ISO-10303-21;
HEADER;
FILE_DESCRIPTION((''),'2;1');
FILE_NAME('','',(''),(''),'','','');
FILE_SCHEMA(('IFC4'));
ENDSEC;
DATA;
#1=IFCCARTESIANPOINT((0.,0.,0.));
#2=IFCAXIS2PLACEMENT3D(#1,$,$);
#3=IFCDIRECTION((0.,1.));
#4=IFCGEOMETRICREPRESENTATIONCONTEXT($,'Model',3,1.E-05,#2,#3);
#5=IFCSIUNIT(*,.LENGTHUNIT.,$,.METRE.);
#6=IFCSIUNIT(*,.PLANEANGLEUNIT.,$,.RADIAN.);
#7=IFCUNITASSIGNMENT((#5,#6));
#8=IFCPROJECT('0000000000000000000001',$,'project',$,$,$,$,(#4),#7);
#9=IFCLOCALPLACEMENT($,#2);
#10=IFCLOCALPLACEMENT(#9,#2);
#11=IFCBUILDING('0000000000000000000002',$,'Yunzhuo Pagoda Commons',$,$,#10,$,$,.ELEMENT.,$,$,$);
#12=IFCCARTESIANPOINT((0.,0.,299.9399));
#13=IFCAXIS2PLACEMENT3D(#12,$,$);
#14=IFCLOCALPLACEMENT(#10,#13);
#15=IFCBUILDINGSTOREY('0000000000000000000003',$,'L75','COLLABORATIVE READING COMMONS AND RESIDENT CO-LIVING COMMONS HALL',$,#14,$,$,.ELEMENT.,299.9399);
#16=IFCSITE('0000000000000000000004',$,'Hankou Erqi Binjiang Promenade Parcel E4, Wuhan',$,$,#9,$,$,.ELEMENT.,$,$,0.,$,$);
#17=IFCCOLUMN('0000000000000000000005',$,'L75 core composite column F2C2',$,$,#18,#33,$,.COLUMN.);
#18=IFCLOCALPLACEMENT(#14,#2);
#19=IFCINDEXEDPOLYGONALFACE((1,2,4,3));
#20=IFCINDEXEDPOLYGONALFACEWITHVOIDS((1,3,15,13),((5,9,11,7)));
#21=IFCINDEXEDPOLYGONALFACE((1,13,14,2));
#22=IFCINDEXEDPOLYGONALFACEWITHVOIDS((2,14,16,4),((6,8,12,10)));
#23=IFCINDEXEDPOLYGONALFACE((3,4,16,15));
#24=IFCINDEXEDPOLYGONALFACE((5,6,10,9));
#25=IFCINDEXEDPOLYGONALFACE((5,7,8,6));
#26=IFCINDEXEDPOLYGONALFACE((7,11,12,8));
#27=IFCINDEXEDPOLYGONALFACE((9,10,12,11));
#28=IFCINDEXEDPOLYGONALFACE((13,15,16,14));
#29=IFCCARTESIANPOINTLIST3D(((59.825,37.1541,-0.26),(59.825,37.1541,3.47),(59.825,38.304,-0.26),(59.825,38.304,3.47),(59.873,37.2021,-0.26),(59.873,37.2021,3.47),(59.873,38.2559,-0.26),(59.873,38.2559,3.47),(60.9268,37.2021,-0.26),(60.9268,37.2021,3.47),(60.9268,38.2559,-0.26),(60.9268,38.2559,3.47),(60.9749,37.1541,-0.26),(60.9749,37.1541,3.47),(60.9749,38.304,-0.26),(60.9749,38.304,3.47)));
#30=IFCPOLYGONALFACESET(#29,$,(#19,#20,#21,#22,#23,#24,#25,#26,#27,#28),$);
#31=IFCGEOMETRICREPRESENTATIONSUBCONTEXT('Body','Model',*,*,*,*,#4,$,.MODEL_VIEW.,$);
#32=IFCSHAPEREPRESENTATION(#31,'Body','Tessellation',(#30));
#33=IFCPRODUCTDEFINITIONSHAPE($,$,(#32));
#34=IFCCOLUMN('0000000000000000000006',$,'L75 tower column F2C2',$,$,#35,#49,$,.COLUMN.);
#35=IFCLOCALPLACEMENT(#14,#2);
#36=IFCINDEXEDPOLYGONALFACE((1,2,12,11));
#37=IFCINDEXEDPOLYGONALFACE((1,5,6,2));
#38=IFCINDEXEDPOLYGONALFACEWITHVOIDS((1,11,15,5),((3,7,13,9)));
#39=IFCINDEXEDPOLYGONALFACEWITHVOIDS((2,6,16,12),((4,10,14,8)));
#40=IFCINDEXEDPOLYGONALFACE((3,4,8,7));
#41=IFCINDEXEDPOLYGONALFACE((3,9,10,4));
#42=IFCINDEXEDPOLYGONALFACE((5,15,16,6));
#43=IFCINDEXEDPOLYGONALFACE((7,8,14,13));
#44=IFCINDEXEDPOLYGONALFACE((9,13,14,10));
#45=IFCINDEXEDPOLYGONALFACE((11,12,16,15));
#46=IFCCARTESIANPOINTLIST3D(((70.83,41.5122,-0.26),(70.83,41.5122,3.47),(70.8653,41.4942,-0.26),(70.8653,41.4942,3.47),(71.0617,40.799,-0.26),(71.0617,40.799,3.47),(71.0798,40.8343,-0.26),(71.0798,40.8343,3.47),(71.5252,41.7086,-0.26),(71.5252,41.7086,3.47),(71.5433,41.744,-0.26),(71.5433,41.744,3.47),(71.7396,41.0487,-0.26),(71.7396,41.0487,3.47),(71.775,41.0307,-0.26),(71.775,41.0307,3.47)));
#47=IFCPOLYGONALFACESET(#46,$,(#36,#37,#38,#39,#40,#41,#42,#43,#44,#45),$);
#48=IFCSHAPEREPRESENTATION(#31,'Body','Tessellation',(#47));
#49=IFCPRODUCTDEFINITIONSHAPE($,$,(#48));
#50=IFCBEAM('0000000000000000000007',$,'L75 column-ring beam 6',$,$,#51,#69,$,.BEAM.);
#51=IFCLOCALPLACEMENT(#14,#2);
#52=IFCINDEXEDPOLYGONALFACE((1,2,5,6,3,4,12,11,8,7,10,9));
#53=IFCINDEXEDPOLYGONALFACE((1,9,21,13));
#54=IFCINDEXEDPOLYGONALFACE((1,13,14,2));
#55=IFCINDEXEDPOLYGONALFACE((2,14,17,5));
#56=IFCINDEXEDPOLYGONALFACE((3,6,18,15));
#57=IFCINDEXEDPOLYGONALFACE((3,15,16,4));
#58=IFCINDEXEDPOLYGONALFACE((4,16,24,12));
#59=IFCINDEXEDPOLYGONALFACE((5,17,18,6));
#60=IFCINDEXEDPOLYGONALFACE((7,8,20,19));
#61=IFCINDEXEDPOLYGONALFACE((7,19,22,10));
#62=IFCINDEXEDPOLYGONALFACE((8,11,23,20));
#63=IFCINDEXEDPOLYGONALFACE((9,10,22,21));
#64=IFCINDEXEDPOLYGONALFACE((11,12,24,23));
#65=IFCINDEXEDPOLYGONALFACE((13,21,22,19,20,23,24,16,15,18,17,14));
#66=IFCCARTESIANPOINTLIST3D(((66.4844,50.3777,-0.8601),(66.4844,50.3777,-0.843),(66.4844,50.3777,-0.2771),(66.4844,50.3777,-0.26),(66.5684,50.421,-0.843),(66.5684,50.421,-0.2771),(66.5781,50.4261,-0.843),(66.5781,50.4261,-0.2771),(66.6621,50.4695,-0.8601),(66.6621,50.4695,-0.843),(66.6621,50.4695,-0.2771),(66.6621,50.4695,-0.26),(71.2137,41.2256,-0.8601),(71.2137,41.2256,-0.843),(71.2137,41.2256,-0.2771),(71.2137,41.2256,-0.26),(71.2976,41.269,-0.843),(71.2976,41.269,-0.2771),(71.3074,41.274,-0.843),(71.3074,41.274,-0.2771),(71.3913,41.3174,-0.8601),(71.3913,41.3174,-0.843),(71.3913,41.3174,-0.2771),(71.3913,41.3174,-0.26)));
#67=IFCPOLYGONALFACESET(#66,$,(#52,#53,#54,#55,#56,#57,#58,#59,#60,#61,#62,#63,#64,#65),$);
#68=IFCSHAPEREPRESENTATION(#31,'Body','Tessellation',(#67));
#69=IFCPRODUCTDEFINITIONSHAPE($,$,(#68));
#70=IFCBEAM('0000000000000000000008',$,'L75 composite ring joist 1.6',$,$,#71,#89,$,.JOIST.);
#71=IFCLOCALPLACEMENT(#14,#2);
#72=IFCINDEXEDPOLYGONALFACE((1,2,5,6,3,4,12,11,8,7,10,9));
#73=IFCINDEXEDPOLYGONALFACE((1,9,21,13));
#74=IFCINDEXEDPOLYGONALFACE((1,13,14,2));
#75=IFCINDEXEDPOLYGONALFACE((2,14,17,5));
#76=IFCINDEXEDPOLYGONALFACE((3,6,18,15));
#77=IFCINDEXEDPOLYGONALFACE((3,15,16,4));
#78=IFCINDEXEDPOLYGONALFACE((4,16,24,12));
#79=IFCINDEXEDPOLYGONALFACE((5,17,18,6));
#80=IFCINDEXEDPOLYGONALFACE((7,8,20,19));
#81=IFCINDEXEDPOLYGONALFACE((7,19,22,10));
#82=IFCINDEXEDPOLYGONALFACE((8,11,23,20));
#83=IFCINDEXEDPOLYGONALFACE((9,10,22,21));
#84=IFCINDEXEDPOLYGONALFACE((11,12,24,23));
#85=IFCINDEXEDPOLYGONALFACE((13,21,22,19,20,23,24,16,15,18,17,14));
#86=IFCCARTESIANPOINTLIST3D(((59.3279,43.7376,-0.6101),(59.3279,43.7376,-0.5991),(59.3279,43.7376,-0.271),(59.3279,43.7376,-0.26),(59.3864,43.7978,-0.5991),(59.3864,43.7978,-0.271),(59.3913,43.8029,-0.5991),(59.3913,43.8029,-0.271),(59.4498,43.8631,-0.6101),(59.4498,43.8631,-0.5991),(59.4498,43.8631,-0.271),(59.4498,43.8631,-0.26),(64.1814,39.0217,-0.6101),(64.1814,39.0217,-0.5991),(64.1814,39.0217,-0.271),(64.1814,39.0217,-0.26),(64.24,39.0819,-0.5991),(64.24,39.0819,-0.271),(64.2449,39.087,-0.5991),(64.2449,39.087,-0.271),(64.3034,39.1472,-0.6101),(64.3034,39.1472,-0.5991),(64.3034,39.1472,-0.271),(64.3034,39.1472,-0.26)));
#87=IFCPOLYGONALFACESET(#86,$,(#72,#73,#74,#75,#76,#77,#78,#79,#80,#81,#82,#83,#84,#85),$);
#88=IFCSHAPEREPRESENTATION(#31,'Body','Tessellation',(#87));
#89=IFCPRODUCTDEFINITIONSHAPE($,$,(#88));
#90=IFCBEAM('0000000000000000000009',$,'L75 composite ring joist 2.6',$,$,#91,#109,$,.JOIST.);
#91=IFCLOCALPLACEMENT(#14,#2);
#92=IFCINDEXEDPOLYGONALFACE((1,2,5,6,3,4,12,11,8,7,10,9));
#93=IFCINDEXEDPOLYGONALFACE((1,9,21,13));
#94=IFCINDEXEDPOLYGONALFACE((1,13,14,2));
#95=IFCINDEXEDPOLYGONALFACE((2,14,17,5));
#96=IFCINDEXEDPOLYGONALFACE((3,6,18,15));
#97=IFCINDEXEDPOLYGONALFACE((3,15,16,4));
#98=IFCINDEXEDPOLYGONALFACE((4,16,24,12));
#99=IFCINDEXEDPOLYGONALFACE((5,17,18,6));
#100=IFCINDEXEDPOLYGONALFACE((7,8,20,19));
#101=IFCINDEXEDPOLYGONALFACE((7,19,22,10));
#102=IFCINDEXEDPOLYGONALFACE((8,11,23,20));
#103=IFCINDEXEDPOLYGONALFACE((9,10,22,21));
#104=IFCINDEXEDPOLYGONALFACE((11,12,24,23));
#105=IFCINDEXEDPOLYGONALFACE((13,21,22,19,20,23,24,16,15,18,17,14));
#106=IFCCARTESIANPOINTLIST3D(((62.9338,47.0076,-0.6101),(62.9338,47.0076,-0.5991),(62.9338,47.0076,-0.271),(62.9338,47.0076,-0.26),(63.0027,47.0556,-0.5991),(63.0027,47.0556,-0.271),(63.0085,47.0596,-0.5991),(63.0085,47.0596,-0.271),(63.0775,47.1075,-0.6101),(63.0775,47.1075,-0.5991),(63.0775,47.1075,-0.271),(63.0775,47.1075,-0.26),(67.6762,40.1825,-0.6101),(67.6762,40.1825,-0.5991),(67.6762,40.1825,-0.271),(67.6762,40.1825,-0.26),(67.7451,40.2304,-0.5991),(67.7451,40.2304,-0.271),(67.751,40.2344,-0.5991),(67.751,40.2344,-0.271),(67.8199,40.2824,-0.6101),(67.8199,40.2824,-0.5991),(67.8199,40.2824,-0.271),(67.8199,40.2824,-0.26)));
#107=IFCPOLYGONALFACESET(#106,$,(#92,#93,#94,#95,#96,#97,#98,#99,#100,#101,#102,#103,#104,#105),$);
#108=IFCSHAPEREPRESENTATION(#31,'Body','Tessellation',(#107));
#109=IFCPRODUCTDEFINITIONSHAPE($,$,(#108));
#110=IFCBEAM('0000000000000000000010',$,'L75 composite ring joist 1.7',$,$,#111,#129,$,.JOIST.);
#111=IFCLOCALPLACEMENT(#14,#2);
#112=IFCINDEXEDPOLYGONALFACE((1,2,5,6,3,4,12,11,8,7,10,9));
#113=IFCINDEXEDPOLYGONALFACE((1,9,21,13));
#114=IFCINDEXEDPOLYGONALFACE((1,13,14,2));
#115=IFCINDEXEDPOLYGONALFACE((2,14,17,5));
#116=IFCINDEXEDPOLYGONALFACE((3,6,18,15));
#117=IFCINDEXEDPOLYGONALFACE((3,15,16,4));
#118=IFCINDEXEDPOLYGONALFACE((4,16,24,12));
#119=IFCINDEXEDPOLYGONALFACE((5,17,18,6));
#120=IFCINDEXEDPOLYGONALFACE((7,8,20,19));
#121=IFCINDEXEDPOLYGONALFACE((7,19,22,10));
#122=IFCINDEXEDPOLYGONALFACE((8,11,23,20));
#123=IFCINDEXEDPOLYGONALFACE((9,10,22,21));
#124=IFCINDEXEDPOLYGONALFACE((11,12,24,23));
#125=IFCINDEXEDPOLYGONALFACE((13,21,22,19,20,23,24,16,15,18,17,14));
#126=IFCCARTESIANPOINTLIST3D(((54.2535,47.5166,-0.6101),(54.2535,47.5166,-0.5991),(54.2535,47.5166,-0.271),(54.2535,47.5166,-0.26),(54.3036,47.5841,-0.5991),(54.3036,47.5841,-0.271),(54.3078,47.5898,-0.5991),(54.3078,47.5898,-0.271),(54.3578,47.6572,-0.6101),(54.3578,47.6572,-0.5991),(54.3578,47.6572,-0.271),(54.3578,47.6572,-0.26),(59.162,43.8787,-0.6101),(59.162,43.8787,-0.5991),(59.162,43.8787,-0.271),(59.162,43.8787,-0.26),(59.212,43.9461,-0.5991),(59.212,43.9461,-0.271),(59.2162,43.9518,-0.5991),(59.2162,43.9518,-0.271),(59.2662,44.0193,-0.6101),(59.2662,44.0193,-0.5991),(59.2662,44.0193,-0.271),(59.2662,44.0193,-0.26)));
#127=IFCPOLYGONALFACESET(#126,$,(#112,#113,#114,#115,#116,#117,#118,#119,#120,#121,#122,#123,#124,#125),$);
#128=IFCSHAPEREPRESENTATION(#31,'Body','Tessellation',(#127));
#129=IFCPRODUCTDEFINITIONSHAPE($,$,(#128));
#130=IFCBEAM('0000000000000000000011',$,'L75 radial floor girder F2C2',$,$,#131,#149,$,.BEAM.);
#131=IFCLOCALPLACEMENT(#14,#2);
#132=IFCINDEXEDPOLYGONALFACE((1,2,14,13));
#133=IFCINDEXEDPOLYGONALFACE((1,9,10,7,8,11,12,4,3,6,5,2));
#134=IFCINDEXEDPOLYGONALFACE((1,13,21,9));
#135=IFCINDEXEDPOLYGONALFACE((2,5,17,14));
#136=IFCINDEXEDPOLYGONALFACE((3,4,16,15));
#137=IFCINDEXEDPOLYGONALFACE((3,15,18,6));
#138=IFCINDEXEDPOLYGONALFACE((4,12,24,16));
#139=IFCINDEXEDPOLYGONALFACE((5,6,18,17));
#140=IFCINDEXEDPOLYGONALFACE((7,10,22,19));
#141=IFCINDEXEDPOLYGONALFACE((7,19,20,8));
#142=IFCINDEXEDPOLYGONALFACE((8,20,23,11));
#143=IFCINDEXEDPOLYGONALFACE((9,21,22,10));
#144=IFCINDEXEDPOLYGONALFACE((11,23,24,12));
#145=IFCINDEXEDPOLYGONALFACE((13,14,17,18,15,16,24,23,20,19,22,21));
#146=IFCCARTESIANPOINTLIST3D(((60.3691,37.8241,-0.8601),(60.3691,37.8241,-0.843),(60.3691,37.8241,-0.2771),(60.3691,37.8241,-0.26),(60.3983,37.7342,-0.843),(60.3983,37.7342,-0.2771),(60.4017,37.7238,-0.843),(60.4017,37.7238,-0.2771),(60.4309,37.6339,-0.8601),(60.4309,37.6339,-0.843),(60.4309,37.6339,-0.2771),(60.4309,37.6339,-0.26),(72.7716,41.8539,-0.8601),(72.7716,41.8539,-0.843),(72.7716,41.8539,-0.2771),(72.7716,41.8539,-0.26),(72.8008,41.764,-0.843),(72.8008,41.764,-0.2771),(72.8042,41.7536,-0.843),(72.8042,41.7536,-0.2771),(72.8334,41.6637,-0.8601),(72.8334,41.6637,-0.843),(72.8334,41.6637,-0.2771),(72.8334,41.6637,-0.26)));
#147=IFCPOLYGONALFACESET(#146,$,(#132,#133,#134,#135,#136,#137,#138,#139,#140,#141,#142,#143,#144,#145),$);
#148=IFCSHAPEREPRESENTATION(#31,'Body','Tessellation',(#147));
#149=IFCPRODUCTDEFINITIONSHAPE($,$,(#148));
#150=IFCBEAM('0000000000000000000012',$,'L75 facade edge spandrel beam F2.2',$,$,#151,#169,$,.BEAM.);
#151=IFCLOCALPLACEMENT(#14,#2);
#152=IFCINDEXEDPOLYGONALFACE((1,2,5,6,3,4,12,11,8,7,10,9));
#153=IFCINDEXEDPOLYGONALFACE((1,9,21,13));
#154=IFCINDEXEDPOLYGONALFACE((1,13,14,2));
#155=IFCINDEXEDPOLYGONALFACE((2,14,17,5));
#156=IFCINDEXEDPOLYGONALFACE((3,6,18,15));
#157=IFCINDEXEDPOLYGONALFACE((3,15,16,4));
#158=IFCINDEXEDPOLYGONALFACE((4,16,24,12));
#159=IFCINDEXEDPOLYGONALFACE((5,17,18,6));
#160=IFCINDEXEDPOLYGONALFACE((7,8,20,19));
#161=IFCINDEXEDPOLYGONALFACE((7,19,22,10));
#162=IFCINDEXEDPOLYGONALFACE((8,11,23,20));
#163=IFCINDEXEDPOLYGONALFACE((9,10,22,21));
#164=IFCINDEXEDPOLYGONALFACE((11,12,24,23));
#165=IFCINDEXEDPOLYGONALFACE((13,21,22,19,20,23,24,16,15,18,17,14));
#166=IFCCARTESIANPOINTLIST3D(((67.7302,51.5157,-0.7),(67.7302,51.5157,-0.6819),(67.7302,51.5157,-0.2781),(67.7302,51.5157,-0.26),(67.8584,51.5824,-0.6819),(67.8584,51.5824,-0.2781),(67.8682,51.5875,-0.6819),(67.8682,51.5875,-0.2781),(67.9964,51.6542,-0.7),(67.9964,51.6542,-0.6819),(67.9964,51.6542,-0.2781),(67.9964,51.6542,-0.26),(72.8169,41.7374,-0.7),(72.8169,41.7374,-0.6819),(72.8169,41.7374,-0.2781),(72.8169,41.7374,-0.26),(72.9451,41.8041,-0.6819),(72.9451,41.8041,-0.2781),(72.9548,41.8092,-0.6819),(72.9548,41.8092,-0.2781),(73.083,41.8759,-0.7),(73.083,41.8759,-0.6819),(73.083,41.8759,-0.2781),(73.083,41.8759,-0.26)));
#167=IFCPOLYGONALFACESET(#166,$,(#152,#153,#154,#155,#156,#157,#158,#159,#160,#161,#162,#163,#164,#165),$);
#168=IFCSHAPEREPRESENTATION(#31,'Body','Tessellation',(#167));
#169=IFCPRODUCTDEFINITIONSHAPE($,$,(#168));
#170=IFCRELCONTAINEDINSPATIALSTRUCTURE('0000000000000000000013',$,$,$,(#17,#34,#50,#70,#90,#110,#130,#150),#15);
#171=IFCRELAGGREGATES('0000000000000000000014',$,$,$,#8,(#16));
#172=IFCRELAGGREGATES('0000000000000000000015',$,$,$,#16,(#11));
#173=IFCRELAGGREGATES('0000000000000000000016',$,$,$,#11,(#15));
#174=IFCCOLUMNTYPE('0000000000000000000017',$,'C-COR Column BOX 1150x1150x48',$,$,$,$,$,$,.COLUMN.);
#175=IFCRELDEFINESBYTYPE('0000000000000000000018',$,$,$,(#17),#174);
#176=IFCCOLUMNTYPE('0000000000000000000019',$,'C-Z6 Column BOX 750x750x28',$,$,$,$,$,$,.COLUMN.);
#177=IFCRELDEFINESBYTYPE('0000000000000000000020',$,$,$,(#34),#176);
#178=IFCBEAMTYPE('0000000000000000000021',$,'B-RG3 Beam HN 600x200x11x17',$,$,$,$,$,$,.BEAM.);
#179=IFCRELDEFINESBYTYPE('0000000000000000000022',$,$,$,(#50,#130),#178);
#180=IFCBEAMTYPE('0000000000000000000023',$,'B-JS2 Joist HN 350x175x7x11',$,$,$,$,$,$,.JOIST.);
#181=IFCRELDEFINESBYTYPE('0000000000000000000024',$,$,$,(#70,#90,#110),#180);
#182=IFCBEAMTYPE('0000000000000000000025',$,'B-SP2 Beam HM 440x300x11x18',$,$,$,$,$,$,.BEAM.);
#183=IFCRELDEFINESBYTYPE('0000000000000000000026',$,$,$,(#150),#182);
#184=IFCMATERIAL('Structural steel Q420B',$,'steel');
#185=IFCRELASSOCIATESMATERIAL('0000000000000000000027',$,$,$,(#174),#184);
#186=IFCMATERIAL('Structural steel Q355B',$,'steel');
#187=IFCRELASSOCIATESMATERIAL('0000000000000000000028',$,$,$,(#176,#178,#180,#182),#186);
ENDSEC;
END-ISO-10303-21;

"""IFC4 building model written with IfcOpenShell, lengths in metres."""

from ifc_helpers import new_model, si_unit, direction, frame, origin, origin_2d, place, context, subcontext, project, spatial, hollow_rectangle, i_section, extrude, source, transform, mapped, material, material_profile, profile_set, type_object, element, save


model = new_model("IFC4")

# Units and contexts
model_context = context("Model", 3, precision=1e-05, world=origin(), true_north=direction((0.0, 1.0)))
body_context = subcontext(model_context, "Body", "Model", "MODEL_VIEW")
ifc_project = project(units=[si_unit("LENGTHUNIT", "METRE"), si_unit("PLANEANGLEUNIT", "RADIAN")], contexts=[model_context])

# Site, building, storey
site_placement = place(None, origin())
site = spatial("IfcSite", under=ifc_project, at=site_placement, Name="Hankou Erqi Binjiang Promenade Parcel E4, Wuhan", CompositionType="ELEMENT", RefElevation=0.0)
building_placement = place(site_placement, origin())
building = spatial("IfcBuilding", under=site, at=building_placement, Name="Yunzhuo Pagoda Commons", CompositionType="ELEMENT")
storey_placement = place(building_placement, frame((0.0, 0.0, 299.9399)))
storey = spatial("IfcBuildingStorey", under=building, at=storey_placement, Name="L75", Description="COLLABORATIVE READING COMMONS AND RESIDENT CO-LIVING COMMONS HALL", CompositionType="ELEMENT", Elevation=299.9399)

# Columns
ifc_material_1 = material(Name="Structural steel Q420B", Category="steel")
ifc_material_profile_1 = material_profile(ifc_material_1, hollow_rectangle(XDim=1.1499, YDim=1.1499, WallThickness=0.0481, at=origin_2d()), Name="Structural steel Q420B")
ifc_profile_set_1 = profile_set([ifc_material_profile_1], Name="Structural steel Q420B")
column_type_1 = type_object("IfcColumnType", Name="C-COR Column BOX 1150x1150x48", PredefinedType="COLUMN", material=ifc_profile_set_1)
shared_shape_1 = source(origin(), body_context, "Body", "SweptSolid", [
    extrude(hollow_rectangle(XDim=1.1499, YDim=1.1499, WallThickness=0.0481, at=origin_2d()), origin(), (0.0, 0.0, 1.0), 3.73),
])
column_1_placement = place(storey_placement, frame((60.3999, 37.729, -0.26), z_axis=(0.0, 0.0, 1.0), x_axis=(1.0, 0.0, 0.0)))
element("IfcColumn", 1, at=column_1_placement, inside=storey, type_object=column_type_1, Name="L75 core composite column F2C2", PredefinedType="COLUMN", context=body_context, shape_type="MappedRepresentation", body=[
    mapped(shared_shape_1, transform((0.0, 0.0, 0.0), scale=1.0)),
])
ifc_material_2 = material(Name="Structural steel Q355B", Category="steel")
ifc_material_profile_2 = material_profile(ifc_material_2, hollow_rectangle(XDim=0.75, YDim=0.75, WallThickness=0.0281, at=origin_2d()), Name="Structural steel Q355B")
ifc_profile_set_2 = profile_set([ifc_material_profile_2], Name="Structural steel Q355B")
column_type_2 = type_object("IfcColumnType", Name="C-Z6 Column BOX 750x750x28", PredefinedType="COLUMN", material=ifc_profile_set_2)
shared_shape_2 = source(origin(), body_context, "Body", "SweptSolid", [
    extrude(hollow_rectangle(XDim=0.75, YDim=0.75, WallThickness=0.0281, at=origin_2d()), origin(), (0.0, 0.0, 1.0), 3.73),
])
column_2_placement = place(storey_placement, frame((71.3025, 41.2715, -0.26), z_axis=(0.0, 0.0, 1.0), x_axis=(-0.309017, 0.951057, 0.0)))
element("IfcColumn", 2, at=column_2_placement, inside=storey, type_object=column_type_2, Name="L75 tower column F2C2", PredefinedType="COLUMN", context=body_context, shape_type="MappedRepresentation", body=[
    mapped(shared_shape_2, transform((0.0, 0.0, 0.0), scale=1.0)),
])

# Beams
ifc_material_profile_3 = material_profile(ifc_material_2, i_section(OverallWidth=0.2, OverallDepth=0.6001, WebThickness=0.011, FlangeThickness=0.0171, at=origin_2d()), Name="Structural steel Q355B")
ifc_profile_set_3 = profile_set([ifc_material_profile_3], Name="Structural steel Q355B")
beam_type_1 = type_object("IfcBeamType", Name="B-RG3 Beam HN 600x200x11x17", PredefinedType="BEAM", material=ifc_profile_set_3)
shared_shape_3 = source(origin(), body_context, "Body", "SweptSolid", [
    extrude(i_section(OverallWidth=0.2, OverallDepth=0.6001, WebThickness=0.011, FlangeThickness=0.0171, at=origin_2d()), origin(), (0.0, 0.0, 1.0), 10.3018),
])
beam_1_placement = place(storey_placement, frame((71.3025, 41.2715, -0.5601), z_axis=(-0.459071, 0.8884, 0.0), x_axis=(-0.8884, -0.459071, 0.0)))
element("IfcBeam", 3, at=beam_1_placement, inside=storey, type_object=beam_type_1, Name="L75 column-ring beam 6", PredefinedType="BEAM", context=body_context, shape_type="MappedRepresentation", body=[
    mapped(shared_shape_3, transform((0.0, 0.0, 0.0), scale=1.0)),
])
ifc_material_profile_4 = material_profile(ifc_material_2, i_section(OverallWidth=0.175, OverallDepth=0.3501, WebThickness=0.0071, FlangeThickness=0.011, at=origin_2d()), Name="Structural steel Q355B")
ifc_profile_set_4 = profile_set([ifc_material_profile_4], Name="Structural steel Q355B")
beam_type_2 = type_object("IfcBeamType", Name="B-JS2 Joist HN 350x175x7x11", PredefinedType="JOIST", material=ifc_profile_set_4)
shared_shape_4 = source(origin(), body_context, "Body", "SweptSolid", [
    extrude(i_section(OverallWidth=0.175, OverallDepth=0.3501, WebThickness=0.0071, FlangeThickness=0.011, at=origin_2d()), origin(), (0.0, 0.0, 1.0), 6.7673),
])
beam_2_placement = place(storey_placement, frame((64.2424, 39.0845, -0.4351), z_axis=(-0.717207, 0.69686, 0.0), x_axis=(-0.69686, -0.717207, 0.0)))
element("IfcBeam", 4, at=beam_2_placement, inside=storey, type_object=beam_type_2, Name="L75 composite ring joist 1.6", PredefinedType="JOIST", context=body_context, shape_type="MappedRepresentation", body=[
    mapped(shared_shape_4, transform((0.0, 0.0, 0.0), scale=1.0)),
])
shared_shape_5 = source(origin(), body_context, "Body", "SweptSolid", [
    extrude(i_section(OverallWidth=0.175, OverallDepth=0.3501, WebThickness=0.0071, FlangeThickness=0.011, at=origin_2d()), origin(), (0.0, 0.0, 1.0), 8.311),
])
beam_3_placement = place(storey_placement, frame((67.748, 40.2324, -0.4351), z_axis=(-0.570616, 0.821217, 0.0), x_axis=(-0.821217, -0.570616, 0.0)))
element("IfcBeam", 5, at=beam_3_placement, inside=storey, type_object=beam_type_2, Name="L75 composite ring joist 2.6", PredefinedType="JOIST", context=body_context, shape_type="MappedRepresentation", body=[
    mapped(shared_shape_5, transform((0.0, 0.0, 0.0), scale=1.0)),
])
shared_shape_6 = source(origin(), body_context, "Body", "SweptSolid", [
    extrude(i_section(OverallWidth=0.175, OverallDepth=0.3501, WebThickness=0.0071, FlangeThickness=0.011, at=origin_2d()), origin(), (0.0, 0.0, 1.0), 6.1096),
])
beam_4_placement = place(storey_placement, frame((59.2141, 43.949, -0.4351), z_axis=(-0.803396, 0.595444, 0.0), x_axis=(-0.595444, -0.803396, 0.0)))
element("IfcBeam", 6, at=beam_4_placement, inside=storey, type_object=beam_type_2, Name="L75 composite ring joist 1.7", PredefinedType="JOIST", context=body_context, shape_type="MappedRepresentation", body=[
    mapped(shared_shape_6, transform((0.0, 0.0, 0.0), scale=1.0)),
])
shared_shape_7 = source(origin(), body_context, "Body", "SweptSolid", [
    extrude(i_section(OverallWidth=0.2, OverallDepth=0.6001, WebThickness=0.011, FlangeThickness=0.0171, at=origin_2d()), origin(), (0.0, 0.0, 1.0), 13.0408),
])
beam_5_placement = place(storey_placement, frame((72.8025, 41.7588, -0.5601), z_axis=(-0.951058, -0.309013, 0.0), x_axis=(0.309013, -0.951058, 0.0)))
element("IfcBeam", 7, at=beam_5_placement, inside=storey, type_object=beam_type_1, Name="L75 radial floor girder F2C2", PredefinedType="BEAM", context=body_context, shape_type="MappedRepresentation", body=[
    mapped(shared_shape_7, transform((0.0, 0.0, 0.0), scale=1.0)),
])
ifc_material_profile_5 = material_profile(ifc_material_2, i_section(OverallWidth=0.3, OverallDepth=0.4399, WebThickness=0.011, FlangeThickness=0.0181, at=origin_2d()), Name="Structural steel Q355B")
ifc_profile_set_5 = profile_set([ifc_material_profile_5], Name="Structural steel Q355B")
beam_type_3 = type_object("IfcBeamType", Name="B-SP2 Beam HM 440x300x11x18", PredefinedType="BEAM", material=ifc_profile_set_5)
shared_shape_8 = source(origin(), body_context, "Body", "SweptSolid", [
    extrude(i_section(OverallWidth=0.3, OverallDepth=0.4399, WebThickness=0.011, FlangeThickness=0.0181, at=origin_2d()), origin(), (0.0, 0.0, 1.0), 11.0222),
])
beam_6_placement = place(storey_placement, frame((72.95, 41.8066, -0.48), z_axis=(-0.461492, 0.887145, 0.0), x_axis=(-0.887145, -0.461492, 0.0)))
element("IfcBeam", 8, at=beam_6_placement, inside=storey, type_object=beam_type_3, Name="L75 facade edge spandrel beam F2.2", PredefinedType="BEAM", context=body_context, shape_type="MappedRepresentation", body=[
    mapped(shared_shape_8, transform((0.0, 0.0, 0.0), scale=1.0)),
])

save(model, "model.ifc")
